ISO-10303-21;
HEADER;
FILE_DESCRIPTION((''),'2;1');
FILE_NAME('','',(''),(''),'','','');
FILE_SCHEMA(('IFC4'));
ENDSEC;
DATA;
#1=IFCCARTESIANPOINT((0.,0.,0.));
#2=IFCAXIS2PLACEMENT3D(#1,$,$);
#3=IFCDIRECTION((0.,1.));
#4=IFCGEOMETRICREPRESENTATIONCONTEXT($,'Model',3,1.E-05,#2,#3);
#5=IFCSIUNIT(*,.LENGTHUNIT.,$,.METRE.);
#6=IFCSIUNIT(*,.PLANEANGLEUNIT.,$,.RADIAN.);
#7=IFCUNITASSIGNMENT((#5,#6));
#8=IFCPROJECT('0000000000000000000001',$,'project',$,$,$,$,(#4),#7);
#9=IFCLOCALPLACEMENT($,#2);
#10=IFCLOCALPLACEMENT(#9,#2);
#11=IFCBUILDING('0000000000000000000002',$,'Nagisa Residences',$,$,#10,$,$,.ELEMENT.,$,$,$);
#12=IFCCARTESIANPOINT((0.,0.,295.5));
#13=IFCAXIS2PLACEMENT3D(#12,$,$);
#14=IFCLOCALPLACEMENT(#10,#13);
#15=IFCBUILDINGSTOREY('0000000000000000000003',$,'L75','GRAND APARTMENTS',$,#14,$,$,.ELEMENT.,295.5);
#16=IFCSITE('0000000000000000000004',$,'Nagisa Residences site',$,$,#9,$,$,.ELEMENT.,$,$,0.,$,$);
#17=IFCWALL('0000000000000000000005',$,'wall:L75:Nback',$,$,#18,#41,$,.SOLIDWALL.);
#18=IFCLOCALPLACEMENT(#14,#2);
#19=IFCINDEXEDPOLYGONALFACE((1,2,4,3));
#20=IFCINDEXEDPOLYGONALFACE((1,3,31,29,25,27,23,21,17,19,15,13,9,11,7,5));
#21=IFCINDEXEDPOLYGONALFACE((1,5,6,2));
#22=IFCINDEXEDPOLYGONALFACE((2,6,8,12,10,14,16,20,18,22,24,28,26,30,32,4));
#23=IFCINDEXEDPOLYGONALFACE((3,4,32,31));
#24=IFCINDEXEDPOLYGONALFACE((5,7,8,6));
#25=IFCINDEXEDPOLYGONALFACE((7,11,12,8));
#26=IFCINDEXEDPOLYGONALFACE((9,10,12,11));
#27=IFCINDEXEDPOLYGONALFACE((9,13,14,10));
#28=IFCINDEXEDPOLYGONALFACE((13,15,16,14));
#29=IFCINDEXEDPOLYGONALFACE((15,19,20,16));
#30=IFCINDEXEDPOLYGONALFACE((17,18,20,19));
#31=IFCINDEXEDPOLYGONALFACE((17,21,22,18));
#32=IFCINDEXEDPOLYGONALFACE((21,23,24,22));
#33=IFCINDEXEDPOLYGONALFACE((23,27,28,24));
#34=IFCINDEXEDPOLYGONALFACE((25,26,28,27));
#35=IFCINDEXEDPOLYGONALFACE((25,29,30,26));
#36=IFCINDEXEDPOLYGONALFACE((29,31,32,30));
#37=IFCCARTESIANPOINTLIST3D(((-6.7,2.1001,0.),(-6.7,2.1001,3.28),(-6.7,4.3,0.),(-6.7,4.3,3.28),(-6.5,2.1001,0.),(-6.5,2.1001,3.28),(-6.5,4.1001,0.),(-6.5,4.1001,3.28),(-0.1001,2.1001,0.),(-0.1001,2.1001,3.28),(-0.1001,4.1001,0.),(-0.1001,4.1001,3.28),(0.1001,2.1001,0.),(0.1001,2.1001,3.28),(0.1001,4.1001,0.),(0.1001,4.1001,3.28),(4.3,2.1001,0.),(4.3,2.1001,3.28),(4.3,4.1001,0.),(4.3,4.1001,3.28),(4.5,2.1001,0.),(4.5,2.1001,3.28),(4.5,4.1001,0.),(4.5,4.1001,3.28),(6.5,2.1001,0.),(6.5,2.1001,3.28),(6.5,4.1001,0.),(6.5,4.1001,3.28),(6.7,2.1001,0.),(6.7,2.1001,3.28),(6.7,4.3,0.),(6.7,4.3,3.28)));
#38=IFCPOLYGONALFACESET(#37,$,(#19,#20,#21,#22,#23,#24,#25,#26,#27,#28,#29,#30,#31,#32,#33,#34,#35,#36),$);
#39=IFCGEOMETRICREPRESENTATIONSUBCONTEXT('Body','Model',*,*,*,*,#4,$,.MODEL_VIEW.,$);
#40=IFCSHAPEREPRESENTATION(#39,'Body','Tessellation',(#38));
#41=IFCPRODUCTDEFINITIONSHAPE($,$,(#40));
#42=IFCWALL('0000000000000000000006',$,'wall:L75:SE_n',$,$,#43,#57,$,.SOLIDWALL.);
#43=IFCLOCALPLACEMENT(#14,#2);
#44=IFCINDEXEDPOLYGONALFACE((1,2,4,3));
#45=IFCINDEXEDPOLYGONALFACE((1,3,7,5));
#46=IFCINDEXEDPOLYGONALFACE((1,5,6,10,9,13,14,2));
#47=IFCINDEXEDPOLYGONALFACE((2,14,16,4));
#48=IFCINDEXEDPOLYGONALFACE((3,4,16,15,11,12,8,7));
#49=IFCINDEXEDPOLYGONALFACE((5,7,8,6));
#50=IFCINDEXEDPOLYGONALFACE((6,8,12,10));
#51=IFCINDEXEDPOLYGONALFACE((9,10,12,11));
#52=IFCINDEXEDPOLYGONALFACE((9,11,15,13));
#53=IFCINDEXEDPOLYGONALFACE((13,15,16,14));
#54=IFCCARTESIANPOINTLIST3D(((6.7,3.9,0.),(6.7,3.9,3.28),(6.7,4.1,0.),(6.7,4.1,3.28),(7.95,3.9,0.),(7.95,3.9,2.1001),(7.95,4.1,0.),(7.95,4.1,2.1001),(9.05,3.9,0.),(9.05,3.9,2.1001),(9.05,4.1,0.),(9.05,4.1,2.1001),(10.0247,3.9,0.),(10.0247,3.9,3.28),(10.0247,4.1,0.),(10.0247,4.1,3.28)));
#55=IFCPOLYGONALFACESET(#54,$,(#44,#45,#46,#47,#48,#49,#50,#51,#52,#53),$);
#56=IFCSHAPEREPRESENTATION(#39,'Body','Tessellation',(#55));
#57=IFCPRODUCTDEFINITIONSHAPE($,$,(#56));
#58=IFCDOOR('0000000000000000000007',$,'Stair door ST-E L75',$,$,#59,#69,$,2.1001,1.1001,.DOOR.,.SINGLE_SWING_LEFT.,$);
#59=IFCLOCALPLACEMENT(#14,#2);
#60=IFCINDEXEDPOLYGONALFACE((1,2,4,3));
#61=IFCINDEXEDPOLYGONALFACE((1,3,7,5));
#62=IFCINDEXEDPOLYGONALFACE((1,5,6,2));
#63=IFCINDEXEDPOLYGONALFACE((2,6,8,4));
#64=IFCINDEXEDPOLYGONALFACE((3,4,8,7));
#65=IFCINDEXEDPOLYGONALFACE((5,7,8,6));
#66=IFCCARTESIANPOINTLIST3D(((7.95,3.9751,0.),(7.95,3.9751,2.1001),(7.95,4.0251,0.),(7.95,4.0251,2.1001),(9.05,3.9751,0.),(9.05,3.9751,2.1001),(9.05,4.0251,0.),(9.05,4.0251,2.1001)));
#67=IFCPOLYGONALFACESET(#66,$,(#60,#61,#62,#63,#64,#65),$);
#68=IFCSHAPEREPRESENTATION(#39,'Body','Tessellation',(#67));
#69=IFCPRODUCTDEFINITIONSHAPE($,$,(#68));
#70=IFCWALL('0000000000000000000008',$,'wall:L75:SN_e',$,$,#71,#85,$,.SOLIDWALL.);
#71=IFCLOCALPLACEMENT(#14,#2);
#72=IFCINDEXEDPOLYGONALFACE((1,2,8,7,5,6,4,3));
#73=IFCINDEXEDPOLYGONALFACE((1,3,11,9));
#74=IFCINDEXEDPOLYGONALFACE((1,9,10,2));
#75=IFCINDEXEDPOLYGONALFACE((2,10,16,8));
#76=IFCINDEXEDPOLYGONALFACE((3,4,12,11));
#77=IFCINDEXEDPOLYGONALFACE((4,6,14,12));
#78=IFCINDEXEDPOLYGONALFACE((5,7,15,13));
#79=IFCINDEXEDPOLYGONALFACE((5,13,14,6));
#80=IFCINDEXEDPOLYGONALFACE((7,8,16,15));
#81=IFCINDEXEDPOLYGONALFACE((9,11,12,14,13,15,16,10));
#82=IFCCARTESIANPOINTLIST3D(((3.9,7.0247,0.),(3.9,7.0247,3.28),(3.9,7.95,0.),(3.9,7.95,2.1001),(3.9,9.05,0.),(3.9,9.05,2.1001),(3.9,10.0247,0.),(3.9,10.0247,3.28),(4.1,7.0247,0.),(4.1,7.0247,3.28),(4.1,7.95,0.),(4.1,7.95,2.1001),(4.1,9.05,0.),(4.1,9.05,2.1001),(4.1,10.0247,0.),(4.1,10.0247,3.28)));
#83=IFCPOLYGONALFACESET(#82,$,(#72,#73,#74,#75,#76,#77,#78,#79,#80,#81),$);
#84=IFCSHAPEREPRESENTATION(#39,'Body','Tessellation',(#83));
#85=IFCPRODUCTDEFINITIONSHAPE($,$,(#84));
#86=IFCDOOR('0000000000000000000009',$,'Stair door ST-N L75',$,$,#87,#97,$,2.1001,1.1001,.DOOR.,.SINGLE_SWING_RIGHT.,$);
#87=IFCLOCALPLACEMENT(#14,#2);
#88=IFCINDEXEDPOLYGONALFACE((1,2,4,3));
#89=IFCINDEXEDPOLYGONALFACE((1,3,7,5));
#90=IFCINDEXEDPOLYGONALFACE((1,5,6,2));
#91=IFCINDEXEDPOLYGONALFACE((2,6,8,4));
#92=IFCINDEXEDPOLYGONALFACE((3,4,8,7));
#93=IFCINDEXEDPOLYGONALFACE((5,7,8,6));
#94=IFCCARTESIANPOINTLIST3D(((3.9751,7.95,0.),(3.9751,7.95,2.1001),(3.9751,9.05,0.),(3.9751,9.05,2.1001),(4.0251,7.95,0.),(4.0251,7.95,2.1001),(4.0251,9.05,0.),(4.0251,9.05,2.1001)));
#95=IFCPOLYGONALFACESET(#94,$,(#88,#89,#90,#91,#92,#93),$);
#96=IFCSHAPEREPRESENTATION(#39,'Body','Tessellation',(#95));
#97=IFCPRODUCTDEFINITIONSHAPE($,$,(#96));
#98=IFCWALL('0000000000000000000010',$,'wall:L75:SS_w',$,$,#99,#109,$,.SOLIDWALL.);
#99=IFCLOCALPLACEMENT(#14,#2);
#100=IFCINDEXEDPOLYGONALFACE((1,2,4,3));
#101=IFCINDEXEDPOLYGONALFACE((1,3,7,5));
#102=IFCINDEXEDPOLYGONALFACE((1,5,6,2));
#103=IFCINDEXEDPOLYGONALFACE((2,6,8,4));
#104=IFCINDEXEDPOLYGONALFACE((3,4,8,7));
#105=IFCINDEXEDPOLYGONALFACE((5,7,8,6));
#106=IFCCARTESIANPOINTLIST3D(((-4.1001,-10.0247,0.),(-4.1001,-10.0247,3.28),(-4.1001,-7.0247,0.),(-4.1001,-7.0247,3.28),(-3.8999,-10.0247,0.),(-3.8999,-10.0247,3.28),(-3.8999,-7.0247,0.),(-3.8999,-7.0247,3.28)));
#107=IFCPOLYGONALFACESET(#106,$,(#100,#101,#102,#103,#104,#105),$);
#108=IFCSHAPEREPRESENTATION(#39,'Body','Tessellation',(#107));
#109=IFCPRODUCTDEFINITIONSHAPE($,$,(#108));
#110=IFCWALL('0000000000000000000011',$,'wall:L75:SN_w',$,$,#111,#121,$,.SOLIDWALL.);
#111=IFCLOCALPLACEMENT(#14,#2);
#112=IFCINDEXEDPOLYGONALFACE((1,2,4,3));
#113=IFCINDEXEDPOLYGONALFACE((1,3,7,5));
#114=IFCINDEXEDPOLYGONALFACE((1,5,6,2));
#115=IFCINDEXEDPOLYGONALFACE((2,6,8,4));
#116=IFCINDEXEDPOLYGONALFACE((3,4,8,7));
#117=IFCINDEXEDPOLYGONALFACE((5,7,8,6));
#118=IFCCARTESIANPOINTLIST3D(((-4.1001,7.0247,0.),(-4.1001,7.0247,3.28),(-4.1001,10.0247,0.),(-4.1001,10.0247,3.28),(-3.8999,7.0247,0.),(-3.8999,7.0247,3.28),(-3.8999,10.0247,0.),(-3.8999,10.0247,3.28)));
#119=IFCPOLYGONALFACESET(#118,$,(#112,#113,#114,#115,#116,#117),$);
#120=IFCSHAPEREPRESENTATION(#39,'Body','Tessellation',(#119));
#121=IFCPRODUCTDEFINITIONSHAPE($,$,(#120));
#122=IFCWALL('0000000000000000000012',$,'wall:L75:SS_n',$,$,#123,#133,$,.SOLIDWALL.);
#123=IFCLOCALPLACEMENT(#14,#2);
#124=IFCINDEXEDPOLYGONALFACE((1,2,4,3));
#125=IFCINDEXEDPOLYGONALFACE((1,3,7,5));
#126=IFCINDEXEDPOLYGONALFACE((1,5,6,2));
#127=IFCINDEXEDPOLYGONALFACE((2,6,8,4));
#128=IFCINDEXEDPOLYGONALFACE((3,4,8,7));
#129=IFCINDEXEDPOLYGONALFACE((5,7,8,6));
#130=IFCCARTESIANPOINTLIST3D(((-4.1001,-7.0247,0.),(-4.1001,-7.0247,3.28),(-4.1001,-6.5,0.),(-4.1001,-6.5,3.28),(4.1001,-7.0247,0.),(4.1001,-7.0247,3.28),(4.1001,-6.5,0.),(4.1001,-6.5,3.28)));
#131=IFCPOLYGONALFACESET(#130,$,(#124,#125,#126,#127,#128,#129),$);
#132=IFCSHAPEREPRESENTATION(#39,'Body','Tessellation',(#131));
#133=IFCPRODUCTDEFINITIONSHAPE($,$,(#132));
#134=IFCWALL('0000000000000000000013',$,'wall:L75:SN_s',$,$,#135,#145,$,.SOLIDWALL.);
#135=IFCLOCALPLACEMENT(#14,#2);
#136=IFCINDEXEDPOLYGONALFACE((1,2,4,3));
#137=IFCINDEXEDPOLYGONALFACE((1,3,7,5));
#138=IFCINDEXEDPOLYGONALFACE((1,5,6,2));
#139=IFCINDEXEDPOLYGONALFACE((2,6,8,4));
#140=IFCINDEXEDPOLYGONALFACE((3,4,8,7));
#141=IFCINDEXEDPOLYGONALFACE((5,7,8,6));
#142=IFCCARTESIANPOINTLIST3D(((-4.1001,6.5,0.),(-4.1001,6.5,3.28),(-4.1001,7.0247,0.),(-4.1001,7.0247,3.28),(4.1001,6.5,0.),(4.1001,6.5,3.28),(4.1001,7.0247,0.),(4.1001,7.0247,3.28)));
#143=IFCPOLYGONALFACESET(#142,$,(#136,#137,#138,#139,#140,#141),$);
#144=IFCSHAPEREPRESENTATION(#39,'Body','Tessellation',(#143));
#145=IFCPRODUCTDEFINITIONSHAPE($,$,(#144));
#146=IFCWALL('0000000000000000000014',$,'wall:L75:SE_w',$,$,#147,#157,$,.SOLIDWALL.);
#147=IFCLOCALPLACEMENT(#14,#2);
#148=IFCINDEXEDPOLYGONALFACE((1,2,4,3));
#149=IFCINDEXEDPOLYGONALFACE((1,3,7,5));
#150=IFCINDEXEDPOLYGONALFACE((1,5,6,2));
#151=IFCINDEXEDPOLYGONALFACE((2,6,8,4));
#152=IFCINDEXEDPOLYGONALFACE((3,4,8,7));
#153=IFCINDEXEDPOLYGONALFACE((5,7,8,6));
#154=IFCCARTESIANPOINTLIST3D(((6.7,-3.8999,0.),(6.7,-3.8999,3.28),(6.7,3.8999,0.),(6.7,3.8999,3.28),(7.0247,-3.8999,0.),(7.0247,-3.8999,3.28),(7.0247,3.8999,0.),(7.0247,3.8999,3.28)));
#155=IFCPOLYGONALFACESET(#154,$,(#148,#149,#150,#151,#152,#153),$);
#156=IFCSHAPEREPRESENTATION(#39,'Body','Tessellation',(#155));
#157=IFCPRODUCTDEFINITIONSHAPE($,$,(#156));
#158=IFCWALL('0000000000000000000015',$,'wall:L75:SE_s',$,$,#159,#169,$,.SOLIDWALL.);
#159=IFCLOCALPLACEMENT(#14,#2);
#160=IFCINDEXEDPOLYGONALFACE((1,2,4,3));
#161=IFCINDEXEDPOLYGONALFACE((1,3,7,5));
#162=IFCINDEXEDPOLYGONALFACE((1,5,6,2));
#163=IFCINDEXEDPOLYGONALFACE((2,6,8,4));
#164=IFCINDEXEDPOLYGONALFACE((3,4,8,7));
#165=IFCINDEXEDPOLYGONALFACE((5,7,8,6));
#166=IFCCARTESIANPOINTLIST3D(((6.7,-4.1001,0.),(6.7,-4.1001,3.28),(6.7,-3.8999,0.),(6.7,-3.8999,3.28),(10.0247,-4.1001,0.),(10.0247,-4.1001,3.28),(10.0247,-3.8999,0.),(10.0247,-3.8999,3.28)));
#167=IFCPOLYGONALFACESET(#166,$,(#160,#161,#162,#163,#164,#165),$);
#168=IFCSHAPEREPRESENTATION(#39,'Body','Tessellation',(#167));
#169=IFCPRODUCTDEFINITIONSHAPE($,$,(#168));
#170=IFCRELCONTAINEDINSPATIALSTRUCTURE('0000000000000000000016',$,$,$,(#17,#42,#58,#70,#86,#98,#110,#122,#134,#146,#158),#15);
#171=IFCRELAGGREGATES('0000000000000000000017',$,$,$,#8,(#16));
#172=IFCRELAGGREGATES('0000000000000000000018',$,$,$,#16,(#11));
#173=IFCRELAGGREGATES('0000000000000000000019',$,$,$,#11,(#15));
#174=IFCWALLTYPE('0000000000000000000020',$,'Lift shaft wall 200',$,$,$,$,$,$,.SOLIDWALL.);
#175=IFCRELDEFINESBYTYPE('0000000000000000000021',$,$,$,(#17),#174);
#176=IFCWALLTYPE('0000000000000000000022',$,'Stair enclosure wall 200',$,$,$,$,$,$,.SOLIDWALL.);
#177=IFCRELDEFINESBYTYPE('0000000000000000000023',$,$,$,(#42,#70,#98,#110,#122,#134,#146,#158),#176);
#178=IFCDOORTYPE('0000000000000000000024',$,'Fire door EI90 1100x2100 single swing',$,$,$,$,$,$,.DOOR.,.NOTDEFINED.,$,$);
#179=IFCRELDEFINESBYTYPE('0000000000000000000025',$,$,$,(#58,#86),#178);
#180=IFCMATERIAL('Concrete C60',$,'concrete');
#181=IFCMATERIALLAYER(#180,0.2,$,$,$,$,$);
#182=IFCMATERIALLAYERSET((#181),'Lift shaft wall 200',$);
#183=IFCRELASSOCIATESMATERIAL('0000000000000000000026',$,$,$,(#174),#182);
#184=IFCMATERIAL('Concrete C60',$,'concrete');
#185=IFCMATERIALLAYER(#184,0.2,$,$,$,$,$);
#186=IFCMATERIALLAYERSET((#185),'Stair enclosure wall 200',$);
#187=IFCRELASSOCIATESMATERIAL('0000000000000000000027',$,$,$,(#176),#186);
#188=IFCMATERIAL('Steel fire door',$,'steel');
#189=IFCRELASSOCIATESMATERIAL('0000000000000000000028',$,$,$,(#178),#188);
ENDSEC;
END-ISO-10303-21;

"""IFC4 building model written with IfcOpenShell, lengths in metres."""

from ifc_helpers import new_model, si_unit, direction, frame, frame_2d, origin, place, context, subcontext, project, spatial, polyline, rectangle, outline, extrude, material, layer, layer_set, type_object, element, fill, save


model = new_model("IFC4")

# Units and contexts
model_context = context("Model", 3, precision=1e-05, world=origin(), true_north=direction((0.0, 1.0)))
body_context = subcontext(model_context, "Body", "Model", "MODEL_VIEW")
ifc_project = project(units=[si_unit("LENGTHUNIT", "METRE"), si_unit("PLANEANGLEUNIT", "RADIAN")], contexts=[model_context])

# Site, building, storey
site_placement = place(None, origin())
site = spatial("IfcSite", under=ifc_project, at=site_placement, Name="Nagisa Residences site", CompositionType="ELEMENT", RefElevation=0.0)
building_placement = place(site_placement, origin())
building = spatial("IfcBuilding", under=site, at=building_placement, Name="Nagisa Residences", CompositionType="ELEMENT")
storey_placement = place(building_placement, frame((0.0, 0.0, 295.5)))
storey = spatial("IfcBuildingStorey", under=building, at=storey_placement, Name="L75", Description="GRAND APARTMENTS", CompositionType="ELEMENT", Elevation=295.5)

# Shared definitions
ifc_material_1 = material(Name="Concrete C60", Category="concrete")
ifc_layer_1 = layer(ifc_material_1, 0.2)
ifc_layer_set_1 = layer_set([ifc_layer_1], Name="Lift shaft wall 200")
wall_type_1 = type_object("IfcWallType", Name="Lift shaft wall 200", PredefinedType="SOLIDWALL", material=ifc_layer_set_1)

# Wall
wall_1_placement = place(storey_placement, origin())
element("IfcWall", 1, at=wall_1_placement, inside=storey, type_object=wall_type_1, Name="wall:L75:Nback", PredefinedType="SOLIDWALL", context=body_context, shape_type="SweptSolid", body=[
    extrude(outline(polyline([(-6.7, 4.3), (6.7, 4.3), (6.7, 2.1001), (6.5, 2.1001), (6.5, 4.1001), (4.5, 4.1001), (4.5, 2.1001), (4.3, 2.1001), (4.3, 4.1001), (0.1001, 4.1001), (0.1001, 2.1001), (-0.1001, 2.1001), (-0.1001, 4.1001), (-6.5, 4.1001), (-6.5, 2.1001), (-6.7, 2.1001), (-6.7, 4.3)])), origin(), (0.0, 0.0, 1.0), 3.28),
])

# Walls, openings, doors
ifc_material_2 = material(Name="Concrete C60", Category="concrete")
ifc_layer_2 = layer(ifc_material_2, 0.2)
ifc_layer_set_2 = layer_set([ifc_layer_2], Name="Stair enclosure wall 200")
wall_type_2 = type_object("IfcWallType", Name="Stair enclosure wall 200", PredefinedType="SOLIDWALL", material=ifc_layer_set_2)
wall_2_placement = place(storey_placement, frame((6.7, 4.0, 0.0), z_axis=(0.0, 0.0, 1.0), x_axis=(1.0, 0.0, 0.0)))
wall_2 = element("IfcWall", 2, at=wall_2_placement, inside=storey, type_object=wall_type_2, Name="wall:L75:SE_n", PredefinedType="SOLIDWALL", context=body_context, shape_type="SweptSolid", body=[
    extrude(rectangle(XDim=3.3247, YDim=0.2, at=frame_2d((1.6624, 0.0))), origin(), (0.0, 0.0, 1.0), 3.28),
])
opening_1_placement = place(wall_2_placement, frame((1.25, 0.0, 0.0)))
opening_1 = element("IfcOpeningElement", 3, at=opening_1_placement, cuts=wall_2, PredefinedType="OPENING", context=body_context, shape_type="SweptSolid", body=[
    extrude(rectangle(XDim=1.1001, YDim=2.1001, at=frame_2d((0.55, 1.05))), frame((0.0, 0.1099, 0.0), z_axis=(0.0, -1.0, 0.0), x_axis=(1.0, 0.0, 0.0)), (0.0, 0.0, 1.0), 0.22),
])
ifc_material_3 = material(Name="Steel fire door", Category="steel")
door_type_1 = type_object("IfcDoorType", Name="Fire door EI90 1100x2100 single swing", OperationType="NOTDEFINED", PredefinedType="DOOR", material=ifc_material_3)
door_1_placement = place(opening_1_placement, frame((1.1001, 0.0, 0.0), x_axis=(-1.0, 0.0, 0.0)))
door_1 = element("IfcDoor", 4, at=door_1_placement, inside=storey, type_object=door_type_1, Name="Stair door ST-E L75", OperationType="SINGLE_SWING_LEFT", OverallHeight=2.1001, OverallWidth=1.1001, PredefinedType="DOOR", context=body_context, shape_type="SweptSolid", body=[
    extrude(rectangle(XDim=1.1001, YDim=2.1001, at=frame_2d((0.55, 1.05))), frame((0.0, 0.0249, 0.0), z_axis=(0.0, -1.0, 0.0), x_axis=(1.0, 0.0, 0.0)), (0.0, 0.0, 1.0), 0.05),
])
fill(opening_1, door_1)
wall_3_placement = place(storey_placement, frame((4.0, 7.0247, 0.0), z_axis=(0.0, 0.0, 1.0), x_axis=(0.0, 1.0, 0.0)))
wall_3 = element("IfcWall", 5, at=wall_3_placement, inside=storey, type_object=wall_type_2, Name="wall:L75:SN_e", PredefinedType="SOLIDWALL", context=body_context, shape_type="SweptSolid", body=[
    extrude(rectangle(XDim=3.0, YDim=0.2, at=frame_2d((1.5, 0.0))), origin(), (0.0, 0.0, 1.0), 3.28),
])
opening_2_placement = place(wall_3_placement, frame((0.9253, 0.0, 0.0)))
opening_2 = element("IfcOpeningElement", 6, at=opening_2_placement, cuts=wall_3, PredefinedType="OPENING", context=body_context, shape_type="SweptSolid", body=[
    extrude(rectangle(XDim=1.1001, YDim=2.1001, at=frame_2d((0.55, 1.05))), frame((0.0, 0.1099, 0.0), z_axis=(0.0, -1.0, 0.0), x_axis=(1.0, 0.0, 0.0)), (0.0, 0.0, 1.0), 0.22),
])
door_2_placement = place(opening_2_placement, origin())
door_2 = element("IfcDoor", 7, at=door_2_placement, inside=storey, type_object=door_type_1, Name="Stair door ST-N L75", OperationType="SINGLE_SWING_RIGHT", OverallHeight=2.1001, OverallWidth=1.1001, PredefinedType="DOOR", context=body_context, shape_type="SweptSolid", body=[
    extrude(rectangle(XDim=1.1001, YDim=2.1001, at=frame_2d((0.55, 1.05))), frame((0.0, 0.0249, 0.0), z_axis=(0.0, -1.0, 0.0), x_axis=(1.0, 0.0, 0.0)), (0.0, 0.0, 1.0), 0.05),
])
fill(opening_2, door_2)

# Walls
wall_4_placement = place(storey_placement, origin())
element("IfcWall", 8, at=wall_4_placement, inside=storey, type_object=wall_type_2, Name="wall:L75:SS_w", PredefinedType="SOLIDWALL", context=body_context, shape_type="SweptSolid", body=[
    extrude(outline(polyline([(-3.8999, -10.0247), (-4.1001, -10.0247), (-4.1001, -7.0247), (-3.8999, -7.0247), (-3.8999, -10.0247)])), origin(), (0.0, 0.0, 1.0), 3.28),
])
wall_5_placement = place(storey_placement, origin())
element("IfcWall", 9, at=wall_5_placement, inside=storey, type_object=wall_type_2, Name="wall:L75:SN_w", PredefinedType="SOLIDWALL", context=body_context, shape_type="SweptSolid", body=[
    extrude(outline(polyline([(-3.8999, 7.0247), (-4.1001, 7.0247), (-4.1001, 10.0247), (-3.8999, 10.0247), (-3.8999, 7.0247)])), origin(), (0.0, 0.0, 1.0), 3.28),
])
wall_6_placement = place(storey_placement, origin())
element("IfcWall", 10, at=wall_6_placement, inside=storey, type_object=wall_type_2, Name="wall:L75:SS_n", PredefinedType="SOLIDWALL", context=body_context, shape_type="SweptSolid", body=[
    extrude(outline(polyline([(4.1001, -7.0247), (-4.1001, -7.0247), (-4.1001, -6.5), (4.1001, -6.5), (4.1001, -7.0247)])), origin(), (0.0, 0.0, 1.0), 3.28),
])
wall_7_placement = place(storey_placement, origin())
element("IfcWall", 11, at=wall_7_placement, inside=storey, type_object=wall_type_2, Name="wall:L75:SN_s", PredefinedType="SOLIDWALL", context=body_context, shape_type="SweptSolid", body=[
    extrude(outline(polyline([(4.1001, 6.5), (-4.1001, 6.5), (-4.1001, 7.0247), (4.1001, 7.0247), (4.1001, 6.5)])), origin(), (0.0, 0.0, 1.0), 3.28),
])
wall_8_placement = place(storey_placement, origin())
element("IfcWall", 12, at=wall_8_placement, inside=storey, type_object=wall_type_2, Name="wall:L75:SE_w", PredefinedType="SOLIDWALL", context=body_context, shape_type="SweptSolid", body=[
    extrude(outline(polyline([(7.0247, -3.8999), (6.7, -3.8999), (6.7, 3.8999), (7.0247, 3.8999), (7.0247, -3.8999)])), origin(), (0.0, 0.0, 1.0), 3.28),
])
wall_9_placement = place(storey_placement, origin())
element("IfcWall", 13, at=wall_9_placement, inside=storey, type_object=wall_type_2, Name="wall:L75:SE_s", PredefinedType="SOLIDWALL", context=body_context, shape_type="SweptSolid", body=[
    extrude(outline(polyline([(10.0247, -4.1001), (6.7, -4.1001), (6.7, -3.8999), (10.0247, -3.8999), (10.0247, -4.1001)])), origin(), (0.0, 0.0, 1.0), 3.28),
])

save(model, "model.ifc")
